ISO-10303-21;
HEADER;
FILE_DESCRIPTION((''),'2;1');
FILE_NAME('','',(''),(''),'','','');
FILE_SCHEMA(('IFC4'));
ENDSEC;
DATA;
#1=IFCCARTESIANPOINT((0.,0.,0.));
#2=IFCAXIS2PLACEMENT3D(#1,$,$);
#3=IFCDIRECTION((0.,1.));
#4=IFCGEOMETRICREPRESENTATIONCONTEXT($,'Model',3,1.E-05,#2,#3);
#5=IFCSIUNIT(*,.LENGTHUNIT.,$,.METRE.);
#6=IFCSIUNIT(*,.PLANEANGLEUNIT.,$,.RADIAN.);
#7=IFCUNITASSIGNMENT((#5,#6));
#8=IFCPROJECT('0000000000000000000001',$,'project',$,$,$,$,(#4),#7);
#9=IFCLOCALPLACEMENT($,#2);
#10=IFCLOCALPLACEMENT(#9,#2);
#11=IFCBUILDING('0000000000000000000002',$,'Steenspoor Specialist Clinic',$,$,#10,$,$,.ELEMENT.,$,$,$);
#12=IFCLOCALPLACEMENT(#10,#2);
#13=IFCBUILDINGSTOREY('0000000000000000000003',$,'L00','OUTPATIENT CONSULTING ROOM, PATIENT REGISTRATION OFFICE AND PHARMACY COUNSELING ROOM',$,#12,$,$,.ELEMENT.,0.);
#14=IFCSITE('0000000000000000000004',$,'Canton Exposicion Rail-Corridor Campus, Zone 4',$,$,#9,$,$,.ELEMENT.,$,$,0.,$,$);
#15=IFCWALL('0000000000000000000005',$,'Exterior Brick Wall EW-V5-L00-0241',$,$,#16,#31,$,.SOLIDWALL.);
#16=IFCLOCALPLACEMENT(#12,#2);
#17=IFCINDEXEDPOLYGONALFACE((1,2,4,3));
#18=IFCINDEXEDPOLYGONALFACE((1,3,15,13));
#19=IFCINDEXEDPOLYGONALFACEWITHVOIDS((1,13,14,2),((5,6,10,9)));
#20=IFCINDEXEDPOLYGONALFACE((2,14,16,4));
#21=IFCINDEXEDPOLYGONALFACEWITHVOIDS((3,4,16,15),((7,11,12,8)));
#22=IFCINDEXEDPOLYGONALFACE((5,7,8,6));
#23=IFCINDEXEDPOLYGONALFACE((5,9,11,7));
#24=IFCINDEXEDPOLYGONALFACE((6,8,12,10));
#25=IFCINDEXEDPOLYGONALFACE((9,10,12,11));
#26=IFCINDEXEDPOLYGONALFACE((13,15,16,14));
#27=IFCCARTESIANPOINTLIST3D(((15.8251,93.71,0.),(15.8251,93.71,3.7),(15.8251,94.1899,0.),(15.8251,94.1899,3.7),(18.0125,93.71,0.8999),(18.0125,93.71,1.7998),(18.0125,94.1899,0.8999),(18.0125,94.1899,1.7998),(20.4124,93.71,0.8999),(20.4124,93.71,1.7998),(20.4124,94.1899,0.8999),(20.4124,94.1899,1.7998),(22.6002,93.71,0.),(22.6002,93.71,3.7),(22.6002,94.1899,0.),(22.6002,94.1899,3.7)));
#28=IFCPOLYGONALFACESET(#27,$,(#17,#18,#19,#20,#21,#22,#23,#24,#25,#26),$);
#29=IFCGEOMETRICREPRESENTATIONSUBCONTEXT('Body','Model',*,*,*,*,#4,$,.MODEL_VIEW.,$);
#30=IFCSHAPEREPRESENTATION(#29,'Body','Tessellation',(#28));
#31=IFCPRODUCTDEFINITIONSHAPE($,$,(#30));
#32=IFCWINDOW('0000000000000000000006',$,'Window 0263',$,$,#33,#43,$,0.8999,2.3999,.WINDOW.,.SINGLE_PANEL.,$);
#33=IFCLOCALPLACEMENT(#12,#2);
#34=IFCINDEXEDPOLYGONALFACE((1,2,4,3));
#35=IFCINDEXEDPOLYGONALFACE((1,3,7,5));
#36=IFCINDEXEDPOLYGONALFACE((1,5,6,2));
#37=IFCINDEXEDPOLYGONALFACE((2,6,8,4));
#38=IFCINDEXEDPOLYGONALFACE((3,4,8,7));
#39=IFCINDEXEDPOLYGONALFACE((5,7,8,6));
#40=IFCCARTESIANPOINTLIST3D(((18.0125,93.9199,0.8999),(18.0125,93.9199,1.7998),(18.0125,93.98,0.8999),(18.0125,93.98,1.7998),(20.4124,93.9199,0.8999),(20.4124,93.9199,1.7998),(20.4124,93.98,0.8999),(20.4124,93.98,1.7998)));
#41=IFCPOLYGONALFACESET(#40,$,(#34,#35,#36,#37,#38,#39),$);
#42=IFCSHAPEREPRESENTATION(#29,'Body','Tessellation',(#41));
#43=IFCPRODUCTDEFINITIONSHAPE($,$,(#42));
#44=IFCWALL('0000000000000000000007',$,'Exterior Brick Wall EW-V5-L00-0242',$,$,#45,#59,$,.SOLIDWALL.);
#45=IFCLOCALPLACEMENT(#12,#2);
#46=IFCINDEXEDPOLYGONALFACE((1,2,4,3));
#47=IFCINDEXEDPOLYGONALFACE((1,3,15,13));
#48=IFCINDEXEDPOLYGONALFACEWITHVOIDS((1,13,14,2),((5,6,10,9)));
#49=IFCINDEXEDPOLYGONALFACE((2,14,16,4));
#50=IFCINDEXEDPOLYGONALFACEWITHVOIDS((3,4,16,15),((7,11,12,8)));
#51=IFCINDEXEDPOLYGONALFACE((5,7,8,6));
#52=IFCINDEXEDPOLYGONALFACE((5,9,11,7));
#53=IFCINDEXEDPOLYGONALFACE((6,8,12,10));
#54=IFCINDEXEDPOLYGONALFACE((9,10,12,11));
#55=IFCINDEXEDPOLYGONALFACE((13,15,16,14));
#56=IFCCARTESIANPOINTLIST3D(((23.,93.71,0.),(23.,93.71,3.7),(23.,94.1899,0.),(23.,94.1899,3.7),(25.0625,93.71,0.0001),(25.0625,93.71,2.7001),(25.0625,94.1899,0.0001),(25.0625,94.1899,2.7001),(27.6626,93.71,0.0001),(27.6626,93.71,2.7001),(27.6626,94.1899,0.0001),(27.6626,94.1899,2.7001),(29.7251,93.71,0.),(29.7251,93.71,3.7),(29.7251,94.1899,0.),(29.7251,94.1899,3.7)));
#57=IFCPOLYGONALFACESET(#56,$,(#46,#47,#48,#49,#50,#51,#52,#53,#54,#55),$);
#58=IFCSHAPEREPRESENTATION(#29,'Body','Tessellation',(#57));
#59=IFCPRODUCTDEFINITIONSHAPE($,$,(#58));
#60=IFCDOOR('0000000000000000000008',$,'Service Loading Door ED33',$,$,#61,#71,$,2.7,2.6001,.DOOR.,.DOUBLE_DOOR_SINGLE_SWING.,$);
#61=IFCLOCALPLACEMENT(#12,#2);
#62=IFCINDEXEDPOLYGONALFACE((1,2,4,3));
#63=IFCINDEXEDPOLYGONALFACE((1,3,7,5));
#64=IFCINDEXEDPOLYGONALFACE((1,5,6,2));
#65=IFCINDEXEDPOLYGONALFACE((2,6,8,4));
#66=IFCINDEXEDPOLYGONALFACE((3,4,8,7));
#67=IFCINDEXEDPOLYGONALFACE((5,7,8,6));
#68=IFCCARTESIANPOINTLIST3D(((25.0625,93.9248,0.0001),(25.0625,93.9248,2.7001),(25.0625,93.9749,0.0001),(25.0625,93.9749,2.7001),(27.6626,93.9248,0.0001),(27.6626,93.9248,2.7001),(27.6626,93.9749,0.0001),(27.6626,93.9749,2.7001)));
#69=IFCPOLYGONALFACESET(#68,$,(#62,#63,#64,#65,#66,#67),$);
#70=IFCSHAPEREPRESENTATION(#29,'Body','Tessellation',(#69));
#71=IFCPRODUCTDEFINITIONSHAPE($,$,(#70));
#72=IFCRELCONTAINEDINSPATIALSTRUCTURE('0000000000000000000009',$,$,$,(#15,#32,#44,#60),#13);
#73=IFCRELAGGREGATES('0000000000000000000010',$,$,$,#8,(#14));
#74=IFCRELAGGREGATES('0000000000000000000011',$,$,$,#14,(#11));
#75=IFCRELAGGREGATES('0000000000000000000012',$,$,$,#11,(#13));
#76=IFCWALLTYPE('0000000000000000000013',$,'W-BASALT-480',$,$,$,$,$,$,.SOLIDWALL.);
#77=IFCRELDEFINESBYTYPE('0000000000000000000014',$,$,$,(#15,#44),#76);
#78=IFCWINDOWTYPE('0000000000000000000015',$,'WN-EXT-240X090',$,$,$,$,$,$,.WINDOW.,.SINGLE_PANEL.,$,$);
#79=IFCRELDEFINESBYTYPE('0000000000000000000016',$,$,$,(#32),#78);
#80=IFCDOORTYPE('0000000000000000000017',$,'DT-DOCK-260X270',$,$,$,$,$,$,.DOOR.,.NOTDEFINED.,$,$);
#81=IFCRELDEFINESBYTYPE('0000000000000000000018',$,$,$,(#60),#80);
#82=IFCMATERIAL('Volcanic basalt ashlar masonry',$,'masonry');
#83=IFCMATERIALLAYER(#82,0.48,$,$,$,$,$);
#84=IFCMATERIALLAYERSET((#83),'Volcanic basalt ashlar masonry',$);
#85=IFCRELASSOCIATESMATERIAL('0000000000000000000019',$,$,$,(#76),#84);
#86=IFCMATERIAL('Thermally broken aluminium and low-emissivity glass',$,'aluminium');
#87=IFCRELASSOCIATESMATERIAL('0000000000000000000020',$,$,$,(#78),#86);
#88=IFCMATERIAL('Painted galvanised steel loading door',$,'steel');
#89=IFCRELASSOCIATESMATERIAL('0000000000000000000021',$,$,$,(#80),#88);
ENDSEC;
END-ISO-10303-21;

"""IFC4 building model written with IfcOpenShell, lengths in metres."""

from ifc_helpers import new_model, si_unit, direction, frame, frame_2d, origin, place, context, subcontext, project, spatial, rectangle, extrude, material, layer, layer_set, type_object, element, fill, save


model = new_model("IFC4")

# Units and contexts
model_context = context("Model", 3, precision=1e-05, world=origin(), true_north=direction((0.0, 1.0)))
body_context = subcontext(model_context, "Body", "Model", "MODEL_VIEW")
ifc_project = project(units=[si_unit("LENGTHUNIT", "METRE"), si_unit("PLANEANGLEUNIT", "RADIAN")], contexts=[model_context])

# Site, building, storey
site_placement = place(None, origin())
site = spatial("IfcSite", under=ifc_project, at=site_placement, Name="Canton Exposicion Rail-Corridor Campus, Zone 4", CompositionType="ELEMENT", RefElevation=0.0)
building_placement = place(site_placement, origin())
building = spatial("IfcBuilding", under=site, at=building_placement, Name="Steenspoor Specialist Clinic", CompositionType="ELEMENT")
storey_placement = place(building_placement, origin())
storey = spatial("IfcBuildingStorey", under=building, at=storey_placement, Name="L00", Description="OUTPATIENT CONSULTING ROOM, PATIENT REGISTRATION OFFICE AND PHARMACY COUNSELING ROOM", CompositionType="ELEMENT", Elevation=0.0)

# Wall, opening, window
ifc_material_1 = material(Name="Volcanic basalt ashlar masonry", Category="masonry")
ifc_layer = layer(ifc_material_1, 0.48)
ifc_layer_set = layer_set([ifc_layer], Name="Volcanic basalt ashlar masonry")
wall_type = type_object("IfcWallType", Name="W-BASALT-480", PredefinedType="SOLIDWALL", material=ifc_layer_set)
wall_1_placement = place(storey_placement, frame((15.825, 93.95, 0.0), z_axis=(0.0, 0.0, 1.0), x_axis=(1.0, 0.0, 0.0)))
wall_1 = element("IfcWall", 1, at=wall_1_placement, inside=storey, type_object=wall_type, Name="Exterior Brick Wall EW-V5-L00-0241", PredefinedType="SOLIDWALL", context=body_context, shape_type="SweptSolid", body=[
    extrude(rectangle(XDim=6.7751, YDim=0.48, at=frame_2d((3.3877, 0.0))), origin(), (0.0, 0.0, 1.0), 3.7),
])
opening_1_placement = place(wall_1_placement, frame((2.1875, 0.0, 0.8999)))
opening_1 = element("IfcOpeningElement", 2, at=opening_1_placement, cuts=wall_1, PredefinedType="OPENING", context=body_context, shape_type="SweptSolid", body=[
    extrude(rectangle(XDim=2.3999, YDim=0.8999, at=frame_2d((1.2, 0.45))), frame((0.0, 0.25, 0.0), z_axis=(0.0, -1.0, 0.0), x_axis=(1.0, 0.0, 0.0)), (0.0, 0.0, 1.0), 0.5),
])
ifc_material_2 = material(Name="Thermally broken aluminium and low-emissivity glass", Category="aluminium")
window_type = type_object("IfcWindowType", Name="WN-EXT-240X090", PartitioningType="SINGLE_PANEL", PredefinedType="WINDOW", material=ifc_material_2)
window_placement = place(opening_1_placement, origin())
window = element("IfcWindow", 3, at=window_placement, inside=storey, type_object=window_type, Name="Window 0263", OverallHeight=0.8999, OverallWidth=2.3999, PartitioningType="SINGLE_PANEL", PredefinedType="WINDOW", context=body_context, shape_type="SweptSolid", body=[
    extrude(rectangle(XDim=2.3999, YDim=0.8999, at=frame_2d((1.2, 0.45))), frame((0.0, 0.03, 0.0), z_axis=(0.0, -1.0, 0.0), x_axis=(1.0, 0.0, 0.0)), (0.0, 0.0, 1.0), 0.0601),
])
fill(opening_1, window)

# Wall, opening, door
wall_2_placement = place(storey_placement, frame((23.0, 93.95, 0.0), z_axis=(0.0, 0.0, 1.0), x_axis=(1.0, 0.0, 0.0)))
wall_2 = element("IfcWall", 4, at=wall_2_placement, inside=storey, type_object=wall_type, Name="Exterior Brick Wall EW-V5-L00-0242", PredefinedType="SOLIDWALL", context=body_context, shape_type="SweptSolid", body=[
    extrude(rectangle(XDim=6.7251, YDim=0.48, at=frame_2d((3.3625, 0.0))), origin(), (0.0, 0.0, 1.0), 3.7),
])
opening_2_placement = place(wall_2_placement, frame((2.0625, 0.0, 0.0)))
opening_2 = element("IfcOpeningElement", 5, at=opening_2_placement, cuts=wall_2, PredefinedType="OPENING", context=body_context, shape_type="SweptSolid", body=[
    extrude(rectangle(XDim=2.6001, YDim=2.7, at=frame_2d((1.3, 1.3501))), frame((0.0, 0.25, 0.0), z_axis=(0.0, -1.0, 0.0), x_axis=(1.0, 0.0, 0.0)), (0.0, 0.0, 1.0), 0.5),
])
ifc_material_3 = material(Name="Painted galvanised steel loading door", Category="steel")
door_type = type_object("IfcDoorType", Name="DT-DOCK-260X270", OperationType="NOTDEFINED", PredefinedType="DOOR", material=ifc_material_3)
door_placement = place(opening_2_placement, origin())
door = element("IfcDoor", 6, at=door_placement, inside=storey, type_object=door_type, Name="Service Loading Door ED33", OperationType="DOUBLE_DOOR_SINGLE_SWING", OverallHeight=2.7, OverallWidth=2.6001, PredefinedType="DOOR", context=body_context, shape_type="SweptSolid", body=[
    extrude(rectangle(XDim=2.6001, YDim=2.7, at=frame_2d((1.3, 1.3501))), frame((0.0, 0.0249, 0.0), z_axis=(0.0, -1.0, 0.0), x_axis=(1.0, 0.0, 0.0)), (0.0, 0.0, 1.0), 0.05),
])
fill(opening_2, door)

save(model, "model.ifc")
